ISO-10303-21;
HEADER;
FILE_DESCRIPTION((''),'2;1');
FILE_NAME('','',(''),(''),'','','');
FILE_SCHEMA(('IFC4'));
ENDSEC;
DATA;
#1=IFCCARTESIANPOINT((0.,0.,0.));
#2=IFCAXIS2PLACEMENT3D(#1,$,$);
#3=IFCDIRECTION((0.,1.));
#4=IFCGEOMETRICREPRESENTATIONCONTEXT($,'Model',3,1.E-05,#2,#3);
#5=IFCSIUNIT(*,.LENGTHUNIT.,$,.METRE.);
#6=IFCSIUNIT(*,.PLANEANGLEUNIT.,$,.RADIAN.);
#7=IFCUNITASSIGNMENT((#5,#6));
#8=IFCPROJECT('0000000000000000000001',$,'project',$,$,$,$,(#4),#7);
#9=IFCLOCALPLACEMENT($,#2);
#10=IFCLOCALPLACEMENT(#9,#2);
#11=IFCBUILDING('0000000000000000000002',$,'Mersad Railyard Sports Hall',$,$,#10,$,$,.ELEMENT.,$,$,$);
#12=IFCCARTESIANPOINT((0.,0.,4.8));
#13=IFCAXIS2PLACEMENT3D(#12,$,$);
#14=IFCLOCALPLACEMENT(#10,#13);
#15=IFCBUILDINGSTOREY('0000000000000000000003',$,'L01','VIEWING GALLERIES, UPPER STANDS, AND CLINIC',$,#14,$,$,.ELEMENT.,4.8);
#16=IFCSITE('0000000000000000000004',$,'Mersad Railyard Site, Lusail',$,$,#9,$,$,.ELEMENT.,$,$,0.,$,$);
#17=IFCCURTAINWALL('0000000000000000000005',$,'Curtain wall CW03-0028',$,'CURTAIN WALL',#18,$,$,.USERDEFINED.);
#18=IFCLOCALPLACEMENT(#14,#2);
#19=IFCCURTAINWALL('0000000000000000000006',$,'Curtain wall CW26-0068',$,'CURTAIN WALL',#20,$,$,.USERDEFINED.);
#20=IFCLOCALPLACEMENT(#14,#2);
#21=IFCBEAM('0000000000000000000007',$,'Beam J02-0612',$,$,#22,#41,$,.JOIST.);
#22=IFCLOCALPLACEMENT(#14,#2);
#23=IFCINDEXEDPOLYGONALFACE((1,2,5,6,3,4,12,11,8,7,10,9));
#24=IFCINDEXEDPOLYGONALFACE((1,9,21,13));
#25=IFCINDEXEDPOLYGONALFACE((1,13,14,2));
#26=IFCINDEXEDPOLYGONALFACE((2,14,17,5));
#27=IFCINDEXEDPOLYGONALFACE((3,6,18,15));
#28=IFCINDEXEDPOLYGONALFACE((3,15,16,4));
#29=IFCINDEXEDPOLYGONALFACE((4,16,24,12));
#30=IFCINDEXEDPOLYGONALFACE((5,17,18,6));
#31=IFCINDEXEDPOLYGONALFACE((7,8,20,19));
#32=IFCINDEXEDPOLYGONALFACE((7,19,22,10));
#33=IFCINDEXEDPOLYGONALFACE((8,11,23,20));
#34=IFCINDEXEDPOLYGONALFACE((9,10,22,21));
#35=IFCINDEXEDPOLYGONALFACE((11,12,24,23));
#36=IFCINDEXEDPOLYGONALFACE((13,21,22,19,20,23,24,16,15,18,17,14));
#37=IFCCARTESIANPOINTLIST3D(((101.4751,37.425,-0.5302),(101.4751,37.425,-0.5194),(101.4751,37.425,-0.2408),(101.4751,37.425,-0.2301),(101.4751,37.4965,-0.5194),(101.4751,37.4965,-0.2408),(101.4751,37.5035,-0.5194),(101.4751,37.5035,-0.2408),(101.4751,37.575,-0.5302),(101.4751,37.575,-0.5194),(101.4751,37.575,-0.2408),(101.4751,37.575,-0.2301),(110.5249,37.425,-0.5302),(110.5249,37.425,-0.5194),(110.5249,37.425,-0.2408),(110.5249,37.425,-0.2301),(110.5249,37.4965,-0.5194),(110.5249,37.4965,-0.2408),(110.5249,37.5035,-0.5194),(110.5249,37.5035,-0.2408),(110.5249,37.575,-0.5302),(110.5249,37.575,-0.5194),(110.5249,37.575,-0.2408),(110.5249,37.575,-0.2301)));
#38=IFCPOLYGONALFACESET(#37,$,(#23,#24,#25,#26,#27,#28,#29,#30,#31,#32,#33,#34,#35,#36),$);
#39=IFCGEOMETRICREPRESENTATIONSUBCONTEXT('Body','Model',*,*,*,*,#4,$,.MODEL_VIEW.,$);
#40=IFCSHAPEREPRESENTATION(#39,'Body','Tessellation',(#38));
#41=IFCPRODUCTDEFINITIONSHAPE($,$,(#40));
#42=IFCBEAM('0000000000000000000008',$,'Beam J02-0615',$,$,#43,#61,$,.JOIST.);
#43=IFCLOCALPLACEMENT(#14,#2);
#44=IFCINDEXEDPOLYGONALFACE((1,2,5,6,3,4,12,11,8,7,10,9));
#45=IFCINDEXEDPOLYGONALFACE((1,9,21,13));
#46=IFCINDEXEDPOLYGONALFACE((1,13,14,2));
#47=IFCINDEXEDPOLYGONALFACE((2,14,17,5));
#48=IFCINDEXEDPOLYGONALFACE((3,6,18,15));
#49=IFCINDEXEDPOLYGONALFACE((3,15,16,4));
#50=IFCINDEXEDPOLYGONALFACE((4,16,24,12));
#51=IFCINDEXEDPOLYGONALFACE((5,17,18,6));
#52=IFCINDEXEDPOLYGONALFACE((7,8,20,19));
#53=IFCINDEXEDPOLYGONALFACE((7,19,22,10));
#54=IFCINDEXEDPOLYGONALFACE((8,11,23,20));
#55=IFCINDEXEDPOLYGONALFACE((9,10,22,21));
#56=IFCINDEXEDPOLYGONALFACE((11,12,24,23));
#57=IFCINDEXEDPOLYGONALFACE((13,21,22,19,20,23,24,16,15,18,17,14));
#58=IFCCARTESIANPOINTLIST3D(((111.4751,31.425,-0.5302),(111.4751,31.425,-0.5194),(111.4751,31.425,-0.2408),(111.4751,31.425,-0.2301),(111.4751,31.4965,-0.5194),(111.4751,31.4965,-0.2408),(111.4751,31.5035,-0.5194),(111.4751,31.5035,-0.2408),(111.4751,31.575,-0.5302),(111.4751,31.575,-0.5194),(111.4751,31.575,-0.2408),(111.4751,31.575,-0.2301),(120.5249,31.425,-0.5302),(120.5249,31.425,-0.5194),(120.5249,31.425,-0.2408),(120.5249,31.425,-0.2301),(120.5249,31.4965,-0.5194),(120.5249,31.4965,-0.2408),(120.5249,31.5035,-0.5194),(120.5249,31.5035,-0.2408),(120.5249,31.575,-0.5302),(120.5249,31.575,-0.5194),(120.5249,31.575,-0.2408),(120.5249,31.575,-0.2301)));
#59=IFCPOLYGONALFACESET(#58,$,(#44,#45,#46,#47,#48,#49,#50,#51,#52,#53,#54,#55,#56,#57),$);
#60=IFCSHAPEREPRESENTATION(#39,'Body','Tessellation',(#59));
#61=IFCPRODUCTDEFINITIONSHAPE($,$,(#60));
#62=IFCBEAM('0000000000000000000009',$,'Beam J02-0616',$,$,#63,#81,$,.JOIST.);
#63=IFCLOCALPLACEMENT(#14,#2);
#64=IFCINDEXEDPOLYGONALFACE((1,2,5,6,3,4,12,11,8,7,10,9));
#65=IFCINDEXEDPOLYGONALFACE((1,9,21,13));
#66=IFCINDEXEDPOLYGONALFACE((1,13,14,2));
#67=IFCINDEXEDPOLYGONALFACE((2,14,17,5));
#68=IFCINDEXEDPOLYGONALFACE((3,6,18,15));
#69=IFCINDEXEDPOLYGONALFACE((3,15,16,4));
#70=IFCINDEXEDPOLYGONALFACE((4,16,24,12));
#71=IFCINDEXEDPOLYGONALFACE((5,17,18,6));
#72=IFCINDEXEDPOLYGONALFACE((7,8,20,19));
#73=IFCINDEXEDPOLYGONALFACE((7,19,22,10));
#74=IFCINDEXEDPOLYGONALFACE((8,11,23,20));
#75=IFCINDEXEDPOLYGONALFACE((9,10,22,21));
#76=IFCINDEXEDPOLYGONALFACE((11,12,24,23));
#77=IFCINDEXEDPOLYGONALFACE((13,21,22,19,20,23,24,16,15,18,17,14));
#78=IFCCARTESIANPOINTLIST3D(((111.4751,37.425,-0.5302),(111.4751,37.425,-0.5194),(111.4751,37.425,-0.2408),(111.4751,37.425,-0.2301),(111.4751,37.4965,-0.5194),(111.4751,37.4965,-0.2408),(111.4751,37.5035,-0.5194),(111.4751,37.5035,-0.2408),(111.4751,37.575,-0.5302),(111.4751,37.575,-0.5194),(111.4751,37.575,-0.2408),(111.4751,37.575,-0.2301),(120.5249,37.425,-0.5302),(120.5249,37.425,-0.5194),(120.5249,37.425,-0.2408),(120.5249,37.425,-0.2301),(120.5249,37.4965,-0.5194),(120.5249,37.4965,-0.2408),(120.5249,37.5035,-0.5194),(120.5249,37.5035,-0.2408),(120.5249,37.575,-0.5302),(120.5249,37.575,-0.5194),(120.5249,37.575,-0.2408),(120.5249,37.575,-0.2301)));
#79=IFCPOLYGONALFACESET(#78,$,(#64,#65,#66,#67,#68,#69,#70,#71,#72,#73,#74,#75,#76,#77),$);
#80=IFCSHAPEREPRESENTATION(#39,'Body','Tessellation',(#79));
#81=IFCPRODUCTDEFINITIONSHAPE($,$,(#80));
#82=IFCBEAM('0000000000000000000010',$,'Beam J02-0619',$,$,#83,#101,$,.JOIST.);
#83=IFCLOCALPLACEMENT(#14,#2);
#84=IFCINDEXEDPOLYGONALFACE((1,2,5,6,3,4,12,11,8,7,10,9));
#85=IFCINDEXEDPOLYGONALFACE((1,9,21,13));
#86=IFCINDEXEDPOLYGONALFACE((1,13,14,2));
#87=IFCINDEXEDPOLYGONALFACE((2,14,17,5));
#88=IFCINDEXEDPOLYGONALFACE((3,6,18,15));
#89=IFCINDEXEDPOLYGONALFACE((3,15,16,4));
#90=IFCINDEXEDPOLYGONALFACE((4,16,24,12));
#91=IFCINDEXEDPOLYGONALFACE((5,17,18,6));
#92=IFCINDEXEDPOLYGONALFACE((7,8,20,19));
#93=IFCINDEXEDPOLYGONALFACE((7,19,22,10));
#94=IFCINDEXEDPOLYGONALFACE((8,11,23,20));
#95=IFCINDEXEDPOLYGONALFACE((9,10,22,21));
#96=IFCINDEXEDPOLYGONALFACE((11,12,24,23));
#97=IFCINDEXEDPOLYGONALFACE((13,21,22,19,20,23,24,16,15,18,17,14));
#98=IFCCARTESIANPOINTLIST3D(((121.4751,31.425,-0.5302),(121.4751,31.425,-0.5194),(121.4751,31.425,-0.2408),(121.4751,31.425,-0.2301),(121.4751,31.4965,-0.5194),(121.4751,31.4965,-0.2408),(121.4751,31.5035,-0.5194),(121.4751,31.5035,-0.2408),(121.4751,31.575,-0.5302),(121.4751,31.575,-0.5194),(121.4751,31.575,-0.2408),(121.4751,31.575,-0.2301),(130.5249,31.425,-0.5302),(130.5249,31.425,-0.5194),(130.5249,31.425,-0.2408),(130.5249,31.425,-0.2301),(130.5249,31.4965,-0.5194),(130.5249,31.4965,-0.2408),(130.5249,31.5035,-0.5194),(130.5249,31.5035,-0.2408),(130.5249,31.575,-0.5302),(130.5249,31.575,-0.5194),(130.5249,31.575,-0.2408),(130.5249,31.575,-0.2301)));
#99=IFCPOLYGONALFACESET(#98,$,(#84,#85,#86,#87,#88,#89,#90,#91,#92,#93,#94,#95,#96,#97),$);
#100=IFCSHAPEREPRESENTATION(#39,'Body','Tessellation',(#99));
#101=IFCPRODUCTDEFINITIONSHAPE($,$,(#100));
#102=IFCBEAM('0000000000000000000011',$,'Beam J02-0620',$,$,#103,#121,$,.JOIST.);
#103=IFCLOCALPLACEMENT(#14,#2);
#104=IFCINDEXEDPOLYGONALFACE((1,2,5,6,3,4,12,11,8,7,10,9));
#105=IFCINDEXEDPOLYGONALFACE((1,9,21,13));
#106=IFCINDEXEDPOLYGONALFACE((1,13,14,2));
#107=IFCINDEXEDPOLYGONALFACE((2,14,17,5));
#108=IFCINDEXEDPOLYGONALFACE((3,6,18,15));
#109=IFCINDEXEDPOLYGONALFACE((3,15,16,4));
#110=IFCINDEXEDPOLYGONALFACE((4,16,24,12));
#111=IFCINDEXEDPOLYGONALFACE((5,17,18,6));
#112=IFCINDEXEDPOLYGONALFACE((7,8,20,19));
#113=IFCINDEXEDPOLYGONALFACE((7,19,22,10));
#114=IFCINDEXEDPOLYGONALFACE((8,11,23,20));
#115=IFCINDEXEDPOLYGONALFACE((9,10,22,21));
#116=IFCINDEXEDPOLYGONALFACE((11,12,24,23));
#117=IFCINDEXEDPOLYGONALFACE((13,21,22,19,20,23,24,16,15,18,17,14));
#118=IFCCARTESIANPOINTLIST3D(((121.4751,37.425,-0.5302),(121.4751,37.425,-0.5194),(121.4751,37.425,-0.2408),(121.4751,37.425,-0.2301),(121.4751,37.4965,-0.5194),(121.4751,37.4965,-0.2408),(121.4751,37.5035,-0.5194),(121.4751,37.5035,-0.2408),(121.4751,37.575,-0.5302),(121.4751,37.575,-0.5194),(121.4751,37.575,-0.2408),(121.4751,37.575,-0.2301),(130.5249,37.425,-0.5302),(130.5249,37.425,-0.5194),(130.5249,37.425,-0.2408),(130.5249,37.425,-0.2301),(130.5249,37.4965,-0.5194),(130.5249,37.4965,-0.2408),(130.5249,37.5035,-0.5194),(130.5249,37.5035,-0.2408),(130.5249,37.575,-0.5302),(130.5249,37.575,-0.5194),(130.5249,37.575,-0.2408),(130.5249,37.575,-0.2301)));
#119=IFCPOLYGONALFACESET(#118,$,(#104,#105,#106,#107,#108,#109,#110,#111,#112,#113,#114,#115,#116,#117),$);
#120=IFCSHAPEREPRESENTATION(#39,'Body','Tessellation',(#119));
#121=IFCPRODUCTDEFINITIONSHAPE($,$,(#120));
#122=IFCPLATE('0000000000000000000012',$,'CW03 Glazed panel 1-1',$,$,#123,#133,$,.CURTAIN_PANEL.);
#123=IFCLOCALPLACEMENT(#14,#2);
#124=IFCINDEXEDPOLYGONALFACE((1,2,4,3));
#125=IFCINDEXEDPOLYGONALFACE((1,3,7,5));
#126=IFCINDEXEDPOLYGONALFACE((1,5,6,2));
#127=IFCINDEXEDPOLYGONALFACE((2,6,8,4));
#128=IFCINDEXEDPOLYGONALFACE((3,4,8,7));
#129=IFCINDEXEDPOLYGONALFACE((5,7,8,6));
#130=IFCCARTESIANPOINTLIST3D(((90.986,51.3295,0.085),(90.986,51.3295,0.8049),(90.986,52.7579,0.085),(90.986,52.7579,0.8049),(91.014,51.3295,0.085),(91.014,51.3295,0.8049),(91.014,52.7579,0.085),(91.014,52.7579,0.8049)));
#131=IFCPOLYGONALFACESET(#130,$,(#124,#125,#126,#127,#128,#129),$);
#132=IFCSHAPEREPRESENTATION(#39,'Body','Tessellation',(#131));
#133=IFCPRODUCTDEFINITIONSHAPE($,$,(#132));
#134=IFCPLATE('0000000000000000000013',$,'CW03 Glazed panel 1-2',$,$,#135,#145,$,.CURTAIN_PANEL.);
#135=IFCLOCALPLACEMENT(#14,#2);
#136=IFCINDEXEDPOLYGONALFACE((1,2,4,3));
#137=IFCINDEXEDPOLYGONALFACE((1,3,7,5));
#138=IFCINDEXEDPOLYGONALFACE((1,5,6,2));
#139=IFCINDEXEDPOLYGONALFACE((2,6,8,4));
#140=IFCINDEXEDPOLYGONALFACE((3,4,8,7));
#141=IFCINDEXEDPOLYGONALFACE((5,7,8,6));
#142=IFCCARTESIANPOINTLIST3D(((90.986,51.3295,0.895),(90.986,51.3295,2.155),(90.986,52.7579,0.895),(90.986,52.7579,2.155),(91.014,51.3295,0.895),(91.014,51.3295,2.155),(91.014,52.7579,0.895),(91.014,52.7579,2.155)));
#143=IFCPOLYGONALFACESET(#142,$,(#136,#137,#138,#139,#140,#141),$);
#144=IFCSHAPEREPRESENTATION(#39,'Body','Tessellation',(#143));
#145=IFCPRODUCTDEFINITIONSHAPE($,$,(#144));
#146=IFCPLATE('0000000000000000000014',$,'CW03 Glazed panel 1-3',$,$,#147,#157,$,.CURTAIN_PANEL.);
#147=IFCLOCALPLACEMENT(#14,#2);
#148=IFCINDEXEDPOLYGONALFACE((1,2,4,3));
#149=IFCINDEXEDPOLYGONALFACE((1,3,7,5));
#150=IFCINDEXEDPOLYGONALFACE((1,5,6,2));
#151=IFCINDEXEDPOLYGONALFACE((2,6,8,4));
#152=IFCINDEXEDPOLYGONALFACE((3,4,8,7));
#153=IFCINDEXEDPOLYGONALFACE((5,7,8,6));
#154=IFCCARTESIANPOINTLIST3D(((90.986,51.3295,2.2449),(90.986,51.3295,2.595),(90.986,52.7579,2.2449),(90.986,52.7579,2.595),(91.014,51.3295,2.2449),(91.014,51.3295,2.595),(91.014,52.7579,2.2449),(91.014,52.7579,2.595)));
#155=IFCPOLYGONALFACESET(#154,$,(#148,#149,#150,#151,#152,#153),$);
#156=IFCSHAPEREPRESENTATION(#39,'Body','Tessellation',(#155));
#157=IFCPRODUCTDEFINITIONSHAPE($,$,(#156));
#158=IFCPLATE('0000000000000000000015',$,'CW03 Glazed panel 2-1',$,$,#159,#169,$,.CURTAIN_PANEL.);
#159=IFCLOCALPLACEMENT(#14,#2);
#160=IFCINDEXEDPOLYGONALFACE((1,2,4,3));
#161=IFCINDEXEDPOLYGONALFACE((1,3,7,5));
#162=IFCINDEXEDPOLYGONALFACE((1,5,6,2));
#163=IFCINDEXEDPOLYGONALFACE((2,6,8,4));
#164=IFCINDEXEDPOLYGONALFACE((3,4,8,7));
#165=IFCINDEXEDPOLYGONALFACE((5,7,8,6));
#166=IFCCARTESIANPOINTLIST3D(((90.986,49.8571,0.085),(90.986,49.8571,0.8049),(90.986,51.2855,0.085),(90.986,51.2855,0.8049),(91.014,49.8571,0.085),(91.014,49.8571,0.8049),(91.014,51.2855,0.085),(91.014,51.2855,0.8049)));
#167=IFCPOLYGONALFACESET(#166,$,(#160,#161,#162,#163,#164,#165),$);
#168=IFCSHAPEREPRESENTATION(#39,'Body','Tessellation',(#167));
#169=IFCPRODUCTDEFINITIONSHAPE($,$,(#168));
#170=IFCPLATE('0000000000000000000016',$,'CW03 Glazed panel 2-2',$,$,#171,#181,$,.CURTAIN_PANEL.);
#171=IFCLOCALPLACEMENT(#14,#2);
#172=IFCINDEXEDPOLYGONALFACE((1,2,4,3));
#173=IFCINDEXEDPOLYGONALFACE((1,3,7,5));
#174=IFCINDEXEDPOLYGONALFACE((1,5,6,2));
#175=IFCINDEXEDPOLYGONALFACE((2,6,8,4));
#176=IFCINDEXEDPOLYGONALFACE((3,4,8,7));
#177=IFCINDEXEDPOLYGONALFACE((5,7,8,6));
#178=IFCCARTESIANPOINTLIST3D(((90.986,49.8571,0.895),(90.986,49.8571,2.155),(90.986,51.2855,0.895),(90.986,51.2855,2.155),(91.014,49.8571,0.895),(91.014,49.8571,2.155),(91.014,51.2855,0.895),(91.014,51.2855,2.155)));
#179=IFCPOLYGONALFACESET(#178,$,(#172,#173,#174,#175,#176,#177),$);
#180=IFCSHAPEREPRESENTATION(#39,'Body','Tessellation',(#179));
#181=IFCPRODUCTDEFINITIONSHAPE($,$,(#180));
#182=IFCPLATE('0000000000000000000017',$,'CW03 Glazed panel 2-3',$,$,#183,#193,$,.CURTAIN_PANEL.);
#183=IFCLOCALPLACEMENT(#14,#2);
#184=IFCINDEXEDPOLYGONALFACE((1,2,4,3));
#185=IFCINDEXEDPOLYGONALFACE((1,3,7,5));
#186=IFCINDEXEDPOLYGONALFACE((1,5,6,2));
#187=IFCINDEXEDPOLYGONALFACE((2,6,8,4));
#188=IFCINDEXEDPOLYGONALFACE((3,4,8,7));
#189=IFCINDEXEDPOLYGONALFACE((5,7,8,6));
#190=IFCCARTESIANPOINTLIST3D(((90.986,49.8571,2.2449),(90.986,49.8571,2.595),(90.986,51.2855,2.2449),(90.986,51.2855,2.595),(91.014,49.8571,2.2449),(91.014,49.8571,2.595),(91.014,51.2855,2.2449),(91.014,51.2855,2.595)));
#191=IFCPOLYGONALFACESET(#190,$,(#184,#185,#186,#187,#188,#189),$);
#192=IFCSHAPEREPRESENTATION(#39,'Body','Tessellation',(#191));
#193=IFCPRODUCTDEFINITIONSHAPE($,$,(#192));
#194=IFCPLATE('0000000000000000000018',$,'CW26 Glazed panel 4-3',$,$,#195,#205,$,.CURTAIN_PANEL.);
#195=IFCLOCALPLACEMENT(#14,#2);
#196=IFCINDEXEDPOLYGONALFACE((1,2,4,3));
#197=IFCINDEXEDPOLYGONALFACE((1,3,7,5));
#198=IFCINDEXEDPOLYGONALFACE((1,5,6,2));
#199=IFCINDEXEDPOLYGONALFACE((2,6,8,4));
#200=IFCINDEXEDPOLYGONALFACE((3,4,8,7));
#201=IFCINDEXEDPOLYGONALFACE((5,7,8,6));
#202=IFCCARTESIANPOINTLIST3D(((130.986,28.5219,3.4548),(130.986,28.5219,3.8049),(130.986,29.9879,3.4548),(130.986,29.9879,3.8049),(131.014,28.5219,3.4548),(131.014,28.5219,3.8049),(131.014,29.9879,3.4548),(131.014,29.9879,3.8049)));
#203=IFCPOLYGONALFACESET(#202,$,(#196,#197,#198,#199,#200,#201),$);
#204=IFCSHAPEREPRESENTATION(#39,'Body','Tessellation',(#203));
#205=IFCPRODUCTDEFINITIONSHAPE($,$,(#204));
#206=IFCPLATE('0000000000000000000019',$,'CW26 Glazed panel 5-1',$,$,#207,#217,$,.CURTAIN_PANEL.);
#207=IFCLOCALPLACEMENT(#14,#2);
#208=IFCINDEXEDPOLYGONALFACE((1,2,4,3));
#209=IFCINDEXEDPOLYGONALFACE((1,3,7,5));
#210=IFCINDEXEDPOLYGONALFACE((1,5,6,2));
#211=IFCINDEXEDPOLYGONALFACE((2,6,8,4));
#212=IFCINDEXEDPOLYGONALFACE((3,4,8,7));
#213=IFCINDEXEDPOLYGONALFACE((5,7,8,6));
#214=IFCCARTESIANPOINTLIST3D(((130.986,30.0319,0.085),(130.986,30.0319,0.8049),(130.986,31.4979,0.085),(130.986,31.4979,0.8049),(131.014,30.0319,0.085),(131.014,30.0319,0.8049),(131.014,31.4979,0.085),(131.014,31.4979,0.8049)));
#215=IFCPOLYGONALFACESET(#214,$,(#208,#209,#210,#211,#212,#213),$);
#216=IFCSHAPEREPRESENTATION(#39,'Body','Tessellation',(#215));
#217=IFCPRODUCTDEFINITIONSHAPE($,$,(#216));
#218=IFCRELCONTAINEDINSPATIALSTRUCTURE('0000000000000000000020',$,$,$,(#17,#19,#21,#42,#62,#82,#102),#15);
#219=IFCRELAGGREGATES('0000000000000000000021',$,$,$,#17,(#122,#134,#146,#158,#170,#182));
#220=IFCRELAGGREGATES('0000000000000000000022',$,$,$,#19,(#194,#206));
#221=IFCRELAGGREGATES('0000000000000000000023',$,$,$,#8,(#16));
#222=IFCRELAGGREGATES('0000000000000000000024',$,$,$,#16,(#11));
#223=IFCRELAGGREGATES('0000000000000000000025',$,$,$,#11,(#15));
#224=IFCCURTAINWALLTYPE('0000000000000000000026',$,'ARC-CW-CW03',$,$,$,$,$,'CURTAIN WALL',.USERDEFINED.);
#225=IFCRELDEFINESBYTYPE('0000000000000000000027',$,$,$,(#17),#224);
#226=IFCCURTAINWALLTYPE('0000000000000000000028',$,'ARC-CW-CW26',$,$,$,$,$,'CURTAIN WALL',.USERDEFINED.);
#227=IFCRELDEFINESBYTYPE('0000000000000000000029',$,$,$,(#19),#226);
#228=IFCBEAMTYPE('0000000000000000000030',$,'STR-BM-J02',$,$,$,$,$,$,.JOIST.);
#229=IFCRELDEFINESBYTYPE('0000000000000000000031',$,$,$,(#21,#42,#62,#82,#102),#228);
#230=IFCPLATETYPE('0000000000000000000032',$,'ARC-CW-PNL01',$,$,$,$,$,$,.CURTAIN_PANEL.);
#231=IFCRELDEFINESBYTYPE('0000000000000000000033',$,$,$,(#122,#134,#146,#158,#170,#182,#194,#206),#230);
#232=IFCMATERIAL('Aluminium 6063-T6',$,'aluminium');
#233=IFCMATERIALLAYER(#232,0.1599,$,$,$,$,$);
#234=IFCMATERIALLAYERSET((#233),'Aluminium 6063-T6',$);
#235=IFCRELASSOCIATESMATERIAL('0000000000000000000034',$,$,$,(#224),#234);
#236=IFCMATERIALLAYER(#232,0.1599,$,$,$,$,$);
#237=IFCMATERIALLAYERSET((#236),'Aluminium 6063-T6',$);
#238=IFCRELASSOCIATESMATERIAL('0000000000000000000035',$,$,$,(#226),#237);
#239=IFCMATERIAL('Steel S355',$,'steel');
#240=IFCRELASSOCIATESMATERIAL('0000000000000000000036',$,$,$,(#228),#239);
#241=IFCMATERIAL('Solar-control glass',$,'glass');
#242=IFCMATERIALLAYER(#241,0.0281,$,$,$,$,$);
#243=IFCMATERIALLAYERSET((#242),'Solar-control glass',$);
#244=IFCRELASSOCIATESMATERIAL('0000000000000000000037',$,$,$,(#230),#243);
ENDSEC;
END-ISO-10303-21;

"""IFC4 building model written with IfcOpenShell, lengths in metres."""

from ifc_helpers import new_model, si_unit, direction, frame, origin, origin_2d, place, context, subcontext, project, spatial, rectangle, i_section, extrude, material, layer, layer_set, material_profile, profile_set, type_object, element, aggregate, save


model = new_model("IFC4")

# Units and contexts
model_context = context("Model", 3, precision=1e-05, world=origin(), true_north=direction((0.0, 1.0)))
body_context = subcontext(model_context, "Body", "Model", "MODEL_VIEW")
ifc_project = project(units=[si_unit("LENGTHUNIT", "METRE"), si_unit("PLANEANGLEUNIT", "RADIAN")], contexts=[model_context])

# Site, building, storey
site_placement = place(None, origin())
site = spatial("IfcSite", under=ifc_project, at=site_placement, Name="Mersad Railyard Site, Lusail", CompositionType="ELEMENT", RefElevation=0.0)
building_placement = place(site_placement, origin())
building = spatial("IfcBuilding", under=site, at=building_placement, Name="Mersad Railyard Sports Hall", CompositionType="ELEMENT")
storey_placement = place(building_placement, frame((0.0, 0.0, 4.8)))
storey = spatial("IfcBuildingStorey", under=building, at=storey_placement, Name="L01", Description="VIEWING GALLERIES, UPPER STANDS, AND CLINIC", CompositionType="ELEMENT", Elevation=4.8)

# Curtain wall
ifc_material_1 = material(Name="Aluminium 6063-T6", Category="aluminium")
ifc_layer_1 = layer(ifc_material_1, 0.1599)
ifc_layer_set_1 = layer_set([ifc_layer_1], Name="Aluminium 6063-T6")
curtain_wall_type_1 = type_object("IfcCurtainWallType", Name="ARC-CW-CW03", ElementType="CURTAIN WALL", PredefinedType="USERDEFINED", material=ifc_layer_set_1)
curtain_wall_1_placement = place(storey_placement, origin())
curtain_wall_1 = element("IfcCurtainWall", 1, at=curtain_wall_1_placement, inside=storey, type_object=curtain_wall_type_1, Name="Curtain wall CW03-0028", ObjectType="CURTAIN WALL", PredefinedType="USERDEFINED")

# Curtain wall
ifc_layer_2 = layer(ifc_material_1, 0.1599)
ifc_layer_set_2 = layer_set([ifc_layer_2], Name="Aluminium 6063-T6")
curtain_wall_type_2 = type_object("IfcCurtainWallType", Name="ARC-CW-CW26", ElementType="CURTAIN WALL", PredefinedType="USERDEFINED", material=ifc_layer_set_2)
curtain_wall_2_placement = place(storey_placement, origin())
curtain_wall_2 = element("IfcCurtainWall", 2, at=curtain_wall_2_placement, inside=storey, type_object=curtain_wall_type_2, Name="Curtain wall CW26-0068", ObjectType="CURTAIN WALL", PredefinedType="USERDEFINED")

# Beams
ifc_material_2 = material(Name="Steel S355", Category="steel")
ifc_material_profile_1 = material_profile(ifc_material_2, i_section(OverallWidth=0.1499, OverallDepth=0.3, WebThickness=0.0071, FlangeThickness=0.0107, at=origin_2d()), Name="IPE 300")
ifc_profile_set_1 = profile_set([ifc_material_profile_1], Name="Steel S355")
beam_type_1 = type_object("IfcBeamType", Name="STR-BM-J02", PredefinedType="JOIST", material=ifc_profile_set_1)
for number, where, z_axis, x_axis, name in (
    (3, (101.4751, 37.5, -0.3801), (1.0, 0.0, 0.0), (0.0, 1.0, 0.0), "Beam J02-0612"),
    (4, (111.4751, 31.5, -0.3801), (1.0, 0.0, 0.0), (0.0, 1.0, 0.0), "Beam J02-0615"),
    (5, (111.4751, 37.5, -0.3801), (1.0, 0.0, 0.0), (0.0, 1.0, 0.0), "Beam J02-0616"),
    (6, (121.4751, 31.5, -0.3801), (1.0, 0.0, 0.0), (0.0, 1.0, 0.0), "Beam J02-0619"),
    (7, (121.4751, 37.5, -0.3801), (1.0, 0.0, 0.0), (0.0, 1.0, 0.0), "Beam J02-0620"),
):
    element("IfcBeam", number, at=place(storey_placement, frame(where, z_axis=z_axis, x_axis=x_axis)), inside=storey, type_object=beam_type_1, Name=name, PredefinedType="JOIST", context=body_context, shape_type="SweptSolid", body=[
        extrude(i_section(OverallWidth=0.1499, OverallDepth=0.3, WebThickness=0.0071, FlangeThickness=0.0107, at=origin_2d()), origin(), (0.0, 0.0, 1.0), 9.0498),
    ])

# Plates
ifc_material_3 = material(Name="Solar-control glass", Category="glass")
ifc_layer_3 = layer(ifc_material_3, 0.0281)
ifc_layer_set_3 = layer_set([ifc_layer_3], Name="Solar-control glass")
plate_type = type_object("IfcPlateType", Name="ARC-CW-PNL01", PredefinedType="CURTAIN_PANEL", material=ifc_layer_set_3)
plate_1_placement = place(storey_placement, frame((91.0, 52.0437, 0.085), z_axis=(0.0, 0.0, 1.0), x_axis=(0.0, -1.0, 0.0)))
plate_1 = element("IfcPlate", 8, at=plate_1_placement, type_object=plate_type, Name="CW03 Glazed panel 1-1", PredefinedType="CURTAIN_PANEL", context=body_context, shape_type="SweptSolid", body=[
    extrude(rectangle(XDim=1.4285, YDim=0.0281, at=origin_2d()), origin(), (0.0, 0.0, 1.0), 0.72),
])
plate_2_placement = place(storey_placement, frame((91.0, 52.0437, 0.895), z_axis=(0.0, 0.0, 1.0), x_axis=(0.0, -1.0, 0.0)))
plate_2 = element("IfcPlate", 9, at=plate_2_placement, type_object=plate_type, Name="CW03 Glazed panel 1-2", PredefinedType="CURTAIN_PANEL", context=body_context, shape_type="SweptSolid", body=[
    extrude(rectangle(XDim=1.4285, YDim=0.0281, at=origin_2d()), origin(), (0.0, 0.0, 1.0), 1.26),
])
plate_3_placement = place(storey_placement, frame((91.0, 52.0437, 2.2449), z_axis=(0.0, 0.0, 1.0), x_axis=(0.0, -1.0, 0.0)))
plate_3 = element("IfcPlate", 10, at=plate_3_placement, type_object=plate_type, Name="CW03 Glazed panel 1-3", PredefinedType="CURTAIN_PANEL", context=body_context, shape_type="SweptSolid", body=[
    extrude(rectangle(XDim=1.4285, YDim=0.0281, at=origin_2d()), origin(), (0.0, 0.0, 1.0), 0.3501),
])
plate_4_placement = place(storey_placement, frame((91.0, 50.5713, 0.085), z_axis=(0.0, 0.0, 1.0), x_axis=(0.0, -1.0, 0.0)))
plate_4 = element("IfcPlate", 11, at=plate_4_placement, type_object=plate_type, Name="CW03 Glazed panel 2-1", PredefinedType="CURTAIN_PANEL", context=body_context, shape_type="SweptSolid", body=[
    extrude(rectangle(XDim=1.4285, YDim=0.0281, at=origin_2d()), origin(), (0.0, 0.0, 1.0), 0.72),
])
plate_5_placement = place(storey_placement, frame((91.0, 50.5713, 0.895), z_axis=(0.0, 0.0, 1.0), x_axis=(0.0, -1.0, 0.0)))
plate_5 = element("IfcPlate", 12, at=plate_5_placement, type_object=plate_type, Name="CW03 Glazed panel 2-2", PredefinedType="CURTAIN_PANEL", context=body_context, shape_type="SweptSolid", body=[
    extrude(rectangle(XDim=1.4285, YDim=0.0281, at=origin_2d()), origin(), (0.0, 0.0, 1.0), 1.26),
])
plate_6_placement = place(storey_placement, frame((91.0, 50.5713, 2.2449), z_axis=(0.0, 0.0, 1.0), x_axis=(0.0, -1.0, 0.0)))
plate_6 = element("IfcPlate", 13, at=plate_6_placement, type_object=plate_type, Name="CW03 Glazed panel 2-3", PredefinedType="CURTAIN_PANEL", context=body_context, shape_type="SweptSolid", body=[
    extrude(rectangle(XDim=1.4285, YDim=0.0281, at=origin_2d()), origin(), (0.0, 0.0, 1.0), 0.3501),
])
aggregate(curtain_wall_1, [plate_1, plate_2, plate_3, plate_4, plate_5, plate_6])
plate_7_placement = place(storey_placement, frame((131.0, 29.2549, 3.4548), z_axis=(0.0, 0.0, 1.0), x_axis=(0.0, 1.0, 0.0)))
plate_7 = element("IfcPlate", 14, at=plate_7_placement, type_object=plate_type, Name="CW26 Glazed panel 4-3", PredefinedType="CURTAIN_PANEL", context=body_context, shape_type="SweptSolid", body=[
    extrude(rectangle(XDim=1.4661, YDim=0.0281, at=origin_2d()), origin(), (0.0, 0.0, 1.0), 0.3501),
])
plate_8_placement = place(storey_placement, frame((131.0, 30.7649, 0.085), z_axis=(0.0, 0.0, 1.0), x_axis=(0.0, 1.0, 0.0)))
plate_8 = element("IfcPlate", 15, at=plate_8_placement, type_object=plate_type, Name="CW26 Glazed panel 5-1", PredefinedType="CURTAIN_PANEL", context=body_context, shape_type="SweptSolid", body=[
    extrude(rectangle(XDim=1.4661, YDim=0.0281, at=origin_2d()), origin(), (0.0, 0.0, 1.0), 0.72),
])
aggregate(curtain_wall_2, [plate_7, plate_8])

save(model, "model.ifc")
